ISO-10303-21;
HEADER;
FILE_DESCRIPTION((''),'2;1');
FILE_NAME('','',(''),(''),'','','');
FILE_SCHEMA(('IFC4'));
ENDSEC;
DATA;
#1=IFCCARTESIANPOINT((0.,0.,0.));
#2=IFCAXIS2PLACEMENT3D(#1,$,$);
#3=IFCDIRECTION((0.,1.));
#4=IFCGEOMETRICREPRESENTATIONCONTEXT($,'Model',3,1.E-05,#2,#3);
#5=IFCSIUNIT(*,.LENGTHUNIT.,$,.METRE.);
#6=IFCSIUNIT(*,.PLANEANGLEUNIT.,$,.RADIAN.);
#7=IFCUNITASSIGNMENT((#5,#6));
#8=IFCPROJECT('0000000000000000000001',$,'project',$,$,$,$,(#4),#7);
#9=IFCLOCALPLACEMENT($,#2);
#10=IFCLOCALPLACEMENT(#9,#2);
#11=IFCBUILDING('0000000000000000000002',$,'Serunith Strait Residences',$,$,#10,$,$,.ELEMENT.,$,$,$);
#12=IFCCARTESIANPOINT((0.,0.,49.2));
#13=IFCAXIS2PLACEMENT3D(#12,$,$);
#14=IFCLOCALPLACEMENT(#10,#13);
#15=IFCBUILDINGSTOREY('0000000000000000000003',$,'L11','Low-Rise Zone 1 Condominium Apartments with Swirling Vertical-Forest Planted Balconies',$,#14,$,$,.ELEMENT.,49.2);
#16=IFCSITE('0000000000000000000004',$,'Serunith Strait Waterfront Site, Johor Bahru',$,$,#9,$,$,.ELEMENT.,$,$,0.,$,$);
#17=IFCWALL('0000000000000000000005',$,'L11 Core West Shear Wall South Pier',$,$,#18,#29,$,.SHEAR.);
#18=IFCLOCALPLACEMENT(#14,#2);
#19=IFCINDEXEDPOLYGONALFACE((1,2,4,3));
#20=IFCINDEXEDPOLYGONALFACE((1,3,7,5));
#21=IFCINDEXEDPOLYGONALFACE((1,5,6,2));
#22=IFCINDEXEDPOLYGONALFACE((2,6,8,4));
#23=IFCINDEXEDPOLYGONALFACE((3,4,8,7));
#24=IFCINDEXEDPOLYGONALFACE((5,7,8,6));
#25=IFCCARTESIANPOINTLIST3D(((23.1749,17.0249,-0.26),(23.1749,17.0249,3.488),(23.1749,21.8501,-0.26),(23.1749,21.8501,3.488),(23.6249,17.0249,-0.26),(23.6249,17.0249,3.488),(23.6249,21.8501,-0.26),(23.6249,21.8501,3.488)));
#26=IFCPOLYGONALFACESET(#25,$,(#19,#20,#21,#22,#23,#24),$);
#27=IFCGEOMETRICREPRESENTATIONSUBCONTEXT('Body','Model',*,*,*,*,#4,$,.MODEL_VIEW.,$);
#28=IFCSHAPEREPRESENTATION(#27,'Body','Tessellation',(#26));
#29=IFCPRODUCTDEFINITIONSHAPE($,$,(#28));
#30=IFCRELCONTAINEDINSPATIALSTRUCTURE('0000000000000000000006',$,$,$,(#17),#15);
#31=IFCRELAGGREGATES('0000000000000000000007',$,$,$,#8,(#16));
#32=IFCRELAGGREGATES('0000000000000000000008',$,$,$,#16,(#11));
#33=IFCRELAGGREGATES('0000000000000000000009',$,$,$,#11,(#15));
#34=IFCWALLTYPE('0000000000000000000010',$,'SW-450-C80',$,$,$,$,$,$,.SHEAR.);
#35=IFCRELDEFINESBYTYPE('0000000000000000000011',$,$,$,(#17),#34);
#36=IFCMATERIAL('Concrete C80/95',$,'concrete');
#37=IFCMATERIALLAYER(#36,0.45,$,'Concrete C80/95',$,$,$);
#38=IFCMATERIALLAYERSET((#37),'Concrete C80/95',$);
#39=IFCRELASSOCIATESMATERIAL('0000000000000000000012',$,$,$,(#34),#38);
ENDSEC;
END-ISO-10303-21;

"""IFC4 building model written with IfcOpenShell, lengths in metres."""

from ifc_helpers import new_model, si_unit, direction, frame, frame_2d, origin, place, context, subcontext, project, spatial, rectangle, extrude, material, layer, layer_set, type_object, element, save


model = new_model("IFC4")

# Units and contexts
model_context = context("Model", 3, precision=1e-05, world=origin(), true_north=direction((0.0, 1.0)))
body_context = subcontext(model_context, "Body", "Model", "MODEL_VIEW")
ifc_project = project(units=[si_unit("LENGTHUNIT", "METRE"), si_unit("PLANEANGLEUNIT", "RADIAN")], contexts=[model_context])

# Site, building, storey
site_placement = place(None, origin())
site = spatial("IfcSite", under=ifc_project, at=site_placement, Name="Serunith Strait Waterfront Site, Johor Bahru", CompositionType="ELEMENT", RefElevation=0.0)
building_placement = place(site_placement, origin())
building = spatial("IfcBuilding", under=site, at=building_placement, Name="Serunith Strait Residences", CompositionType="ELEMENT")
storey_placement = place(building_placement, frame((0.0, 0.0, 49.2)))
storey = spatial("IfcBuildingStorey", under=building, at=storey_placement, Name="L11", Description="Low-Rise Zone 1 Condominium Apartments with Swirling Vertical-Forest Planted Balconies", CompositionType="ELEMENT", Elevation=49.2)

# Wall
ifc_material_1 = material(Name="Concrete C80/95", Category="concrete")
ifc_layer_1 = layer(ifc_material_1, 0.45, Name="Concrete C80/95")
ifc_layer_set_1 = layer_set([ifc_layer_1], Name="Concrete C80/95")
wall_type_1 = type_object("IfcWallType", Name="SW-450-C80", PredefinedType="SHEAR", material=ifc_layer_set_1)
wall_1_placement = place(storey_placement, frame((23.3999, 17.0249, -0.26), z_axis=(0.0, 0.0, 1.0), x_axis=(0.0, 1.0, 0.0)))
element("IfcWall", 1, at=wall_1_placement, inside=storey, type_object=wall_type_1, Name="L11 Core West Shear Wall South Pier", PredefinedType="SHEAR", context=body_context, shape_type="SweptSolid", body=[
    extrude(rectangle(XDim=4.8252, YDim=0.45, at=frame_2d((2.4126, 0.0))), origin(), (0.0, 0.0, 1.0), 3.748),
])

save(model, "model.ifc")
